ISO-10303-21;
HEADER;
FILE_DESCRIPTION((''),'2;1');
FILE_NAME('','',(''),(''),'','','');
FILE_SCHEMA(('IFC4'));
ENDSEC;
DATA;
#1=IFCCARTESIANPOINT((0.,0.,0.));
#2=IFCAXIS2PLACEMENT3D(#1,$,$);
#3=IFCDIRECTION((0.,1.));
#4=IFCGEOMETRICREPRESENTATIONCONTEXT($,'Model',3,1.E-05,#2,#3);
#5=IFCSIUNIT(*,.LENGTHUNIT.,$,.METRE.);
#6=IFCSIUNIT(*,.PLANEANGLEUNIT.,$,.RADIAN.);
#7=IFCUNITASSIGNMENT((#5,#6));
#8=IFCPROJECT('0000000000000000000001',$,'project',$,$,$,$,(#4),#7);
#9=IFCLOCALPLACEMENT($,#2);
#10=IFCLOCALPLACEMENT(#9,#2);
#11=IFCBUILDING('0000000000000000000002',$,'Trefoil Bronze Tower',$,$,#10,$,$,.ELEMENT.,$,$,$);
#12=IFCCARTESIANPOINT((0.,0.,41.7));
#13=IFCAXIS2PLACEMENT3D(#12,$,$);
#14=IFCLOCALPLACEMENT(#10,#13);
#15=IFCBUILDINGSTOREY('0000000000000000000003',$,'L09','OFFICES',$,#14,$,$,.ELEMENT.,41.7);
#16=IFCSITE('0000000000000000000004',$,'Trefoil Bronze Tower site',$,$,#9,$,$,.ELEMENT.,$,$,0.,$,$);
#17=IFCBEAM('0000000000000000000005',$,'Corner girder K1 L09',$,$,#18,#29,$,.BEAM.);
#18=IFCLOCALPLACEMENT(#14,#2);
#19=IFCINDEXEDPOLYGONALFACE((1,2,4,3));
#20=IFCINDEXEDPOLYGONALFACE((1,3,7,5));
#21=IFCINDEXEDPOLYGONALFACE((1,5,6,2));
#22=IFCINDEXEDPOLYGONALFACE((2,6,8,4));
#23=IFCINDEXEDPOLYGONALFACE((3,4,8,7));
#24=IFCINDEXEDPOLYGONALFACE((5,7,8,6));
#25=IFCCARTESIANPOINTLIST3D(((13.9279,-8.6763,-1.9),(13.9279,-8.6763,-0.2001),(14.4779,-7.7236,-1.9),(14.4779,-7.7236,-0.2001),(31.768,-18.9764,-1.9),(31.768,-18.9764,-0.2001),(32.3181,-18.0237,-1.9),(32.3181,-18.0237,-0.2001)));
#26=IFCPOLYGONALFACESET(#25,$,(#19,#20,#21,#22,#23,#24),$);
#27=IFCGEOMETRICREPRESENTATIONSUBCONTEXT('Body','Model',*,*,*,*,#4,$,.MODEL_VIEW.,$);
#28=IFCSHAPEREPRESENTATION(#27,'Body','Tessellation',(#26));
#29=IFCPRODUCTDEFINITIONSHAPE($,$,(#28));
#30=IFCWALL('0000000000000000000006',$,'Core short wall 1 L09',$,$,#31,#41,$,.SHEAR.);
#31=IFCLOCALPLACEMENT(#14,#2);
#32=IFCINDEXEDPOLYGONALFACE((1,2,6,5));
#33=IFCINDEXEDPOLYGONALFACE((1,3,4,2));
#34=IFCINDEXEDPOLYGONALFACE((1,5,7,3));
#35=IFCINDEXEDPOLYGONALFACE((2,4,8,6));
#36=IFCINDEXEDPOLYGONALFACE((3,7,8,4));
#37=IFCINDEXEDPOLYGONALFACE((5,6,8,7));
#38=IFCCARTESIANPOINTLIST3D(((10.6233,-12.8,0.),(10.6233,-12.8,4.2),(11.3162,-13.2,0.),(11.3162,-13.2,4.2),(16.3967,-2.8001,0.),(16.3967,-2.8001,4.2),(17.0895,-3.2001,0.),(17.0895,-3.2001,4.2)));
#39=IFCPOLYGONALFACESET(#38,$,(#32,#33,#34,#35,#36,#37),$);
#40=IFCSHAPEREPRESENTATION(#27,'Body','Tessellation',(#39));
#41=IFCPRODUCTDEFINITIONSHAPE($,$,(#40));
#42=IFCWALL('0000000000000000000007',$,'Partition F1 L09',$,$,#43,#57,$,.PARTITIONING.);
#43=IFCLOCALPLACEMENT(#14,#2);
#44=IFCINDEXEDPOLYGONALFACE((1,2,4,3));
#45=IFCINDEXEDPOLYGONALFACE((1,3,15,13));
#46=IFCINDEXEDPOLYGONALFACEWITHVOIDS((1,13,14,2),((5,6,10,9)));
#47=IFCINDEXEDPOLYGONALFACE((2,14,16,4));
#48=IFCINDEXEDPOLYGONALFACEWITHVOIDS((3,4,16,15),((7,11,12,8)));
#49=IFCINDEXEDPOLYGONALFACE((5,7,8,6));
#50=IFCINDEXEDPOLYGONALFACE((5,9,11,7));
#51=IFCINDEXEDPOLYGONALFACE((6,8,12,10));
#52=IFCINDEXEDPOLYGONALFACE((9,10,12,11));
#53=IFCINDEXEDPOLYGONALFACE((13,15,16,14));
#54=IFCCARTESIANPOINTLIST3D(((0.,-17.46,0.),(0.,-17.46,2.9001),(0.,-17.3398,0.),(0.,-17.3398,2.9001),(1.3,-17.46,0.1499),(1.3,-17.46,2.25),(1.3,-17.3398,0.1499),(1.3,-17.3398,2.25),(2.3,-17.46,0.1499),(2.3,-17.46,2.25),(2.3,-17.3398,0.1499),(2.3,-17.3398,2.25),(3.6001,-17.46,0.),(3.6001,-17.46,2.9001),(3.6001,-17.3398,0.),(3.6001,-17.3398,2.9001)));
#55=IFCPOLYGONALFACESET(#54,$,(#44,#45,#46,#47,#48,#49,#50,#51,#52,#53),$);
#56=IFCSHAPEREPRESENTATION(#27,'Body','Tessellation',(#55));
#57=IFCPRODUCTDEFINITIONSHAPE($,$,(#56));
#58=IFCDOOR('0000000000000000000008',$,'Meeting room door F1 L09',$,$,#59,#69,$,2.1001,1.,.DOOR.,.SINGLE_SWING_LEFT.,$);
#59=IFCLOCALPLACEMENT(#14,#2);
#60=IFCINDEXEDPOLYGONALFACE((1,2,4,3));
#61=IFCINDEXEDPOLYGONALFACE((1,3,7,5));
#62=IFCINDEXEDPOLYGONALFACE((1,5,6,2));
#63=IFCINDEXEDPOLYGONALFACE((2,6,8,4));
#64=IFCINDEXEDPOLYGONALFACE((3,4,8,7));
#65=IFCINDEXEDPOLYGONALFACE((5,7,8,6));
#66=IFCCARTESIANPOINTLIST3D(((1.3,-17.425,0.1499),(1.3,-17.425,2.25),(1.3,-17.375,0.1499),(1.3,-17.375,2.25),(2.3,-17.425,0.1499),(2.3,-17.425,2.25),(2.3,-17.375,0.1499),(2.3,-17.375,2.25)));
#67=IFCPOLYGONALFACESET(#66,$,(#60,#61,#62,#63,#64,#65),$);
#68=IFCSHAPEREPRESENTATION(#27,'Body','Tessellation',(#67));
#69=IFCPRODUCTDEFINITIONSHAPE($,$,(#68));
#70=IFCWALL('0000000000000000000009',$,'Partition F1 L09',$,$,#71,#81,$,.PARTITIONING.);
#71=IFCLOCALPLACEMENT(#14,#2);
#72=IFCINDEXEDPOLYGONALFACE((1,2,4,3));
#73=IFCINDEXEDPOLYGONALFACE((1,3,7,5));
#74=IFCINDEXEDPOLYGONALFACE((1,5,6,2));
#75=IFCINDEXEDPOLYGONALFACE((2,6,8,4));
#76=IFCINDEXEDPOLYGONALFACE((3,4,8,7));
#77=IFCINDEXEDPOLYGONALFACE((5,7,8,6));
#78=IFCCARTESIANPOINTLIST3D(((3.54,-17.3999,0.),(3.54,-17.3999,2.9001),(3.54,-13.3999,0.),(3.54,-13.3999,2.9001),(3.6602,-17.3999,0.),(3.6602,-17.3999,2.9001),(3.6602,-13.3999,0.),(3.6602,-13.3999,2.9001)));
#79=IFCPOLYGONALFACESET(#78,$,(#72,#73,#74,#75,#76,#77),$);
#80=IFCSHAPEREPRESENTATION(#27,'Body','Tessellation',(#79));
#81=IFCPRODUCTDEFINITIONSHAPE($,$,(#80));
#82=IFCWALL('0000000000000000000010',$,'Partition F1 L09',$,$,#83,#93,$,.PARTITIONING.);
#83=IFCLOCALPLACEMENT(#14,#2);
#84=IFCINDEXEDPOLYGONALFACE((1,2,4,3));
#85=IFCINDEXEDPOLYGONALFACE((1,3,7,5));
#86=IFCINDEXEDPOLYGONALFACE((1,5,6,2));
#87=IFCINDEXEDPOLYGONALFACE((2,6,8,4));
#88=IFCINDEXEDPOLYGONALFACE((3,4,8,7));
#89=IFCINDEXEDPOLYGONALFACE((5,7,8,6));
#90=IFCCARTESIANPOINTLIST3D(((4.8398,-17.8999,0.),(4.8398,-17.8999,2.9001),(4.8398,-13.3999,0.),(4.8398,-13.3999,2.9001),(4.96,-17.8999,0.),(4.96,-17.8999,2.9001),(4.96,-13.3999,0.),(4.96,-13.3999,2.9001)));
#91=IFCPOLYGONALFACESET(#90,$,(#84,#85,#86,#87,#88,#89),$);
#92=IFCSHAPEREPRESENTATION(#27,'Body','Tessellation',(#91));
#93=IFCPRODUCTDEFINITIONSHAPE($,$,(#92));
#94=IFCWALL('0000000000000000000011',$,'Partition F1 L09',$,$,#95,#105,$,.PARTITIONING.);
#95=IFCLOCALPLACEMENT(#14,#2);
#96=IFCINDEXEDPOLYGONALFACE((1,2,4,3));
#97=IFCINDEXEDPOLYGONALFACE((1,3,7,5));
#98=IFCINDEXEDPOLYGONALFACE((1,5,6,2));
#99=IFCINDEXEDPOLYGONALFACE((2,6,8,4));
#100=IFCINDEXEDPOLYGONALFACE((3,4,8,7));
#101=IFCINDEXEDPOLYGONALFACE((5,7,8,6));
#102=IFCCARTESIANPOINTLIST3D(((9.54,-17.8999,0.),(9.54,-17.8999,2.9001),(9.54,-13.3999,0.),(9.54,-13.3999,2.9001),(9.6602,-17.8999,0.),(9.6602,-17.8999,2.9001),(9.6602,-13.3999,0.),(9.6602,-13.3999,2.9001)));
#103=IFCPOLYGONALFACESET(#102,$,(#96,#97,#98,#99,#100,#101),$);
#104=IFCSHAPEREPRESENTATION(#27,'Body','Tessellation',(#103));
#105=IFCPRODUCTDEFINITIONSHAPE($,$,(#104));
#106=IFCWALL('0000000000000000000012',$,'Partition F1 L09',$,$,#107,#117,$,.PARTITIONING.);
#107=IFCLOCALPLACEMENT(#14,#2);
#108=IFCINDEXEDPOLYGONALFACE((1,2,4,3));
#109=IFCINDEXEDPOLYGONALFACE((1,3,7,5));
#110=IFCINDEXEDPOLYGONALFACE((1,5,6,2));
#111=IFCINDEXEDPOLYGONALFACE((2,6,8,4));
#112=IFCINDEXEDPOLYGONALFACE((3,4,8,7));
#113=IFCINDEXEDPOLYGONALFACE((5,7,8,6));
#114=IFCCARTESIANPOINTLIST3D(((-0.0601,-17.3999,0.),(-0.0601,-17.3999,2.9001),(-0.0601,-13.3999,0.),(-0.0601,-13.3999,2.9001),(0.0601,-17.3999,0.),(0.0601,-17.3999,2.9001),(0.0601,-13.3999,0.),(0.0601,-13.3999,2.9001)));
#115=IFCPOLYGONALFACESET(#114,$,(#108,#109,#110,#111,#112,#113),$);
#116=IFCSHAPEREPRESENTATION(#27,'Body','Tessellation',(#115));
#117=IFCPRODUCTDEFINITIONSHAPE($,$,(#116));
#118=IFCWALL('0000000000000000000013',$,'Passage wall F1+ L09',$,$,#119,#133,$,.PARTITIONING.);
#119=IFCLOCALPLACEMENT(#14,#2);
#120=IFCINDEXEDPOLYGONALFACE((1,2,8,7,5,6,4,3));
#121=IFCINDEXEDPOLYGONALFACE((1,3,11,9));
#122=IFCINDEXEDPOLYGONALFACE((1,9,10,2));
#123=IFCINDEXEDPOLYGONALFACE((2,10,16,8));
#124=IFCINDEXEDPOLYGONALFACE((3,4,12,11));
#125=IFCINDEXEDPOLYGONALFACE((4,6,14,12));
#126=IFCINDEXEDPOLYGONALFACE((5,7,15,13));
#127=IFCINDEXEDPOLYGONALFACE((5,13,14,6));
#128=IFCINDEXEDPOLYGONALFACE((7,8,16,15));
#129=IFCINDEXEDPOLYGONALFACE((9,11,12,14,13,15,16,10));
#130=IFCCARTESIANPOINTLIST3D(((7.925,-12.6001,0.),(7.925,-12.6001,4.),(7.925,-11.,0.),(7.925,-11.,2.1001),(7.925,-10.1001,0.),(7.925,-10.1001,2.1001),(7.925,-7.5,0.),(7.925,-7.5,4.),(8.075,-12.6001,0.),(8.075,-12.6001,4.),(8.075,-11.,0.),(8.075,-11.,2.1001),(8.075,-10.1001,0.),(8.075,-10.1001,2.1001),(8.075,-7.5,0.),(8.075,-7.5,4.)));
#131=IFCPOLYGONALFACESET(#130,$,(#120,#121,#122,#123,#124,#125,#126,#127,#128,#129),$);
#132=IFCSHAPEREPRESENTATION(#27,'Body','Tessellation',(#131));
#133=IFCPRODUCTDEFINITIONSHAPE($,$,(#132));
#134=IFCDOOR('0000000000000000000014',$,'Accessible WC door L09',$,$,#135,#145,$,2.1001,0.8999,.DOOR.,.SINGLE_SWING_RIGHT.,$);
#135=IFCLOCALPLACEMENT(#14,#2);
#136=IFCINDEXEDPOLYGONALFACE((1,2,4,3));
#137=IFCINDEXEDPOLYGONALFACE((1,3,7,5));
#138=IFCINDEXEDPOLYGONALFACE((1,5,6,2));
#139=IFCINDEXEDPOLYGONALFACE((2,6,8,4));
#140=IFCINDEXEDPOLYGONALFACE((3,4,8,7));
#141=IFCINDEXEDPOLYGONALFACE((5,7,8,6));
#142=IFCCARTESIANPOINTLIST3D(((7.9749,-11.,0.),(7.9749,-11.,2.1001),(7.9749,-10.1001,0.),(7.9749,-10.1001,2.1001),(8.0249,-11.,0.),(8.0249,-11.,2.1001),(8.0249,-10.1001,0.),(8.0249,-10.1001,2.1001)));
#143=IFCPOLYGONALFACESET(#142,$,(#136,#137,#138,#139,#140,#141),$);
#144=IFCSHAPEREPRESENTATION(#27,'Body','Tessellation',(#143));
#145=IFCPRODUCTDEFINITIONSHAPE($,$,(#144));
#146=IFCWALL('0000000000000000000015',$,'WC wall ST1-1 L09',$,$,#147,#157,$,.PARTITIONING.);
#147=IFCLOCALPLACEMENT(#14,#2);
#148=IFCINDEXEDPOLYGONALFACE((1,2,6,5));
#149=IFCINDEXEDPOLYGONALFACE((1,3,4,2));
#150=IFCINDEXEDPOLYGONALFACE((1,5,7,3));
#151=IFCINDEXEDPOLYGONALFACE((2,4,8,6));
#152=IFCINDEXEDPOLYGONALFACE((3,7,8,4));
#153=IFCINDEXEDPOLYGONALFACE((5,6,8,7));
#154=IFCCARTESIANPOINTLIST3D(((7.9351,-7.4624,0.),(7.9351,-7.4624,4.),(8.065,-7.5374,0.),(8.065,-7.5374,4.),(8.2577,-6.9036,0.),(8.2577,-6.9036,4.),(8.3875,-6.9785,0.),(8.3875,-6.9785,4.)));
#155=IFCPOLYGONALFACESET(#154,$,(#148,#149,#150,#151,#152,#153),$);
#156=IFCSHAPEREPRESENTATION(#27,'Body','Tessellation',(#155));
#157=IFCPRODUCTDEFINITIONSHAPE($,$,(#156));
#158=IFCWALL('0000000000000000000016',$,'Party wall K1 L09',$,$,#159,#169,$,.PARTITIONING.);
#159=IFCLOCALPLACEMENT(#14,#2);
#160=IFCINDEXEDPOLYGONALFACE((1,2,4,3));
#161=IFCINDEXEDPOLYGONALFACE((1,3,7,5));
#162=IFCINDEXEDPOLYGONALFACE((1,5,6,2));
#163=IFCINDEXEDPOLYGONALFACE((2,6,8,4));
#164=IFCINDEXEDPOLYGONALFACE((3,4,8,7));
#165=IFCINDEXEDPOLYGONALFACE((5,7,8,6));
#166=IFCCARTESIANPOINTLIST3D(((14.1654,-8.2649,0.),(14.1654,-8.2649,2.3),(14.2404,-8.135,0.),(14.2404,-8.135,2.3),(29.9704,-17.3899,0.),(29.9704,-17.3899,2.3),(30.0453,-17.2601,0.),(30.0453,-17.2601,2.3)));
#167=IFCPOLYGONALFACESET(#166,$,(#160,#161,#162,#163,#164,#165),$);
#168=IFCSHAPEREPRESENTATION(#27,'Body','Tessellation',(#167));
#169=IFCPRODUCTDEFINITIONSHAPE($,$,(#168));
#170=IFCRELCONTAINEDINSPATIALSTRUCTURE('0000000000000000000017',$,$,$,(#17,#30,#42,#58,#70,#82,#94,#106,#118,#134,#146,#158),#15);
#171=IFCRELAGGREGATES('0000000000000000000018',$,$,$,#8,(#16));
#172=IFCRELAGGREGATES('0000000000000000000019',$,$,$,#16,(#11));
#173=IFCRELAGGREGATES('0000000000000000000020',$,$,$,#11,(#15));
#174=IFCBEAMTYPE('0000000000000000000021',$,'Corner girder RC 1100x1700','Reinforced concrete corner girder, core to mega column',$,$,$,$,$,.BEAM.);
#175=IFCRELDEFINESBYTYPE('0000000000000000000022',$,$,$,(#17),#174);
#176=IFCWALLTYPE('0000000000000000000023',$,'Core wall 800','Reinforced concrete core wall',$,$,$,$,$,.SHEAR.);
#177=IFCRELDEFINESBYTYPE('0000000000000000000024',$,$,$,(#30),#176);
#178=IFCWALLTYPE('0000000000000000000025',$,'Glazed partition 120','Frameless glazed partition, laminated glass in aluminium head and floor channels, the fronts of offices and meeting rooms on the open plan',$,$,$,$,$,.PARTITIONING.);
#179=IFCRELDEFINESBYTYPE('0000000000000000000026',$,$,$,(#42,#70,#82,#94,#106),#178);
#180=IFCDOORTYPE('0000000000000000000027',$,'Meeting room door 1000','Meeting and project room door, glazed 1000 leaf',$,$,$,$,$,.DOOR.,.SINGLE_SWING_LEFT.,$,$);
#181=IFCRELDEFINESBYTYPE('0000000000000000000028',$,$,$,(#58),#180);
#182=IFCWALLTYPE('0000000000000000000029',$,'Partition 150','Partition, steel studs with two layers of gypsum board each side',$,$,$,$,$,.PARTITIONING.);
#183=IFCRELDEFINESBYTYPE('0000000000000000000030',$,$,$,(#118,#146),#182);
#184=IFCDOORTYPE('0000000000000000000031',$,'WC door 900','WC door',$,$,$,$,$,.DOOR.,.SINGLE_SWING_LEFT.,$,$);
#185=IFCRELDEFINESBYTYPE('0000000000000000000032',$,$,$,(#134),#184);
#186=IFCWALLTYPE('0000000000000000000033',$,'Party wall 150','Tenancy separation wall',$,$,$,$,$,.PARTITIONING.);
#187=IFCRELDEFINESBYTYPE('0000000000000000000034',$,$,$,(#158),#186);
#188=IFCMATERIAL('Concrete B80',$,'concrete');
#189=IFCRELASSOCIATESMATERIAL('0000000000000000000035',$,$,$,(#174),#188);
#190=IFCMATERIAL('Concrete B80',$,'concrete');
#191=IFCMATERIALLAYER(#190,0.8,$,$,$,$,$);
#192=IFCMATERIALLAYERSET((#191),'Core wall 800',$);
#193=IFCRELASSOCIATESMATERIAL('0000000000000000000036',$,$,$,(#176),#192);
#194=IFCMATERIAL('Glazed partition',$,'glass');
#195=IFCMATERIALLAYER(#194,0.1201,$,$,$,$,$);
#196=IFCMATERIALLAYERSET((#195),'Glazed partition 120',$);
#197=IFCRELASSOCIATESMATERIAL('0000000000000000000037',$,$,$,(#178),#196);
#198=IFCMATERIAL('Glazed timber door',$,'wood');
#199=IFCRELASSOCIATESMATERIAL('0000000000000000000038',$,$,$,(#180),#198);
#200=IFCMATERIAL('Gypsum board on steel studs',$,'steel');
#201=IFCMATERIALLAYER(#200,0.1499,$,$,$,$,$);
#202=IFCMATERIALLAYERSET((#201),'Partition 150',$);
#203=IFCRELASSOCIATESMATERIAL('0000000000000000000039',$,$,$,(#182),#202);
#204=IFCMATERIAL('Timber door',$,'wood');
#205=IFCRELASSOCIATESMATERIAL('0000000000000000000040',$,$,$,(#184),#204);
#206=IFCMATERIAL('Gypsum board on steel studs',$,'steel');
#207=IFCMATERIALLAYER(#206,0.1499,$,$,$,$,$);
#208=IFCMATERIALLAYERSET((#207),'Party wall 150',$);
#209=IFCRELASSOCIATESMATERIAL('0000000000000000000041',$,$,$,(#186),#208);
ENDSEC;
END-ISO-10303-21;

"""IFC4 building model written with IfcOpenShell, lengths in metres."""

from ifc_helpers import new_model, si_unit, direction, frame, frame_2d, origin, origin_2d, place, context, subcontext, project, spatial, rectangle, extrude, material, layer, layer_set, material_profile, profile_set, type_object, element, fill, save


model = new_model("IFC4")

# Units and contexts
model_context = context("Model", 3, precision=1e-05, world=origin(), true_north=direction((0.0, 1.0)))
body_context = subcontext(model_context, "Body", "Model", "MODEL_VIEW")
ifc_project = project(units=[si_unit("LENGTHUNIT", "METRE"), si_unit("PLANEANGLEUNIT", "RADIAN")], contexts=[model_context])

# Site, building, storey
site_placement = place(None, origin())
site = spatial("IfcSite", under=ifc_project, at=site_placement, Name="Trefoil Bronze Tower site", CompositionType="ELEMENT", RefElevation=0.0)
building_placement = place(site_placement, origin())
building = spatial("IfcBuilding", under=site, at=building_placement, Name="Trefoil Bronze Tower", CompositionType="ELEMENT")
storey_placement = place(building_placement, frame((0.0, 0.0, 41.7)))
storey = spatial("IfcBuildingStorey", under=building, at=storey_placement, Name="L09", Description="OFFICES", CompositionType="ELEMENT", Elevation=41.7)

# Beam
ifc_material_1 = material(Name="Concrete B80", Category="concrete")
ifc_material_profile_1 = material_profile(ifc_material_1, rectangle(XDim=1.1001, YDim=1.7, at=origin_2d()), Name="RC 1100x1700")
ifc_profile_set_1 = profile_set([ifc_material_profile_1], Name="Concrete B80")
beam_type_1 = type_object("IfcBeamType", Name="Corner girder RC 1100x1700", Description="Reinforced concrete corner girder, core to mega column", PredefinedType="BEAM", material=ifc_profile_set_1)
beam_placement = place(storey_placement, frame((14.2029, -8.2, -1.05), z_axis=(0.866024, -0.500003, 0.0), x_axis=(0.500003, 0.866024, 0.0)))
element("IfcBeam", 1, at=beam_placement, inside=storey, type_object=beam_type_1, Name="Corner girder K1 L09", PredefinedType="BEAM", context=body_context, shape_type="SweptSolid", body=[
    extrude(rectangle(XDim=1.1001, YDim=1.7, at=origin_2d()), origin(), (0.0, 0.0, 1.0), 20.6001),
])

# Wall
ifc_material_2 = material(Name="Concrete B80", Category="concrete")
ifc_layer_1 = layer(ifc_material_2, 0.8)
ifc_layer_set_1 = layer_set([ifc_layer_1], Name="Core wall 800")
wall_type_1 = type_object("IfcWallType", Name="Core wall 800", Description="Reinforced concrete core wall", PredefinedType="SHEAR", material=ifc_layer_set_1)
wall_1_placement = place(storey_placement, frame((10.9697, -13.0, 0.0), z_axis=(0.0, 0.0, 1.0), x_axis=(0.499996, 0.866028, 0.0)))
element("IfcWall", 2, at=wall_1_placement, inside=storey, type_object=wall_type_1, Name="Core short wall 1 L09", PredefinedType="SHEAR", context=body_context, shape_type="SweptSolid", body=[
    extrude(rectangle(XDim=11.5469, YDim=0.8, at=frame_2d((5.7734, 0.0))), origin(), (0.0, 0.0, 1.0), 4.2),
])

# Wall, opening, door
ifc_material_3 = material(Name="Glazed partition", Category="glass")
ifc_layer_2 = layer(ifc_material_3, 0.1201)
ifc_layer_set_2 = layer_set([ifc_layer_2], Name="Glazed partition 120")
wall_type_2 = type_object("IfcWallType", Name="Glazed partition 120", Description="Frameless glazed partition, laminated glass in aluminium head and floor channels, the fronts of offices and meeting rooms on the open plan", PredefinedType="PARTITIONING", material=ifc_layer_set_2)
wall_2_placement = place(storey_placement, frame((0.0, -17.3999, 0.0), z_axis=(0.0, 0.0, 1.0), x_axis=(1.0, 0.0, 0.0)))
wall_2 = element("IfcWall", 3, at=wall_2_placement, inside=storey, type_object=wall_type_2, Name="Partition F1 L09", PredefinedType="PARTITIONING", context=body_context, shape_type="SweptSolid", body=[
    extrude(rectangle(XDim=3.6001, YDim=0.1201, at=frame_2d((1.8, 0.0))), origin(), (0.0, 0.0, 1.0), 2.9001),
])
opening_1_placement = place(wall_2_placement, frame((1.3, 0.0, 0.1499)))
opening_1 = element("IfcOpeningElement", 4, at=opening_1_placement, cuts=wall_2, PredefinedType="OPENING", context=body_context, shape_type="SweptSolid", body=[
    extrude(rectangle(XDim=1.0, YDim=2.1001, at=frame_2d((0.5, 1.05))), frame((0.0, 0.0701, 0.0), z_axis=(0.0, -1.0, 0.0), x_axis=(1.0, 0.0, 0.0)), (0.0, 0.0, 1.0), 0.1401),
])
ifc_material_4 = material(Name="Glazed timber door", Category="wood")
door_type_1 = type_object("IfcDoorType", Name="Meeting room door 1000", Description="Meeting and project room door, glazed 1000 leaf", OperationType="SINGLE_SWING_LEFT", PredefinedType="DOOR", material=ifc_material_4)
door_1_placement = place(opening_1_placement, origin())
door_1 = element("IfcDoor", 5, at=door_1_placement, inside=storey, type_object=door_type_1, Name="Meeting room door F1 L09", OperationType="SINGLE_SWING_LEFT", OverallHeight=2.1001, OverallWidth=1.0, PredefinedType="DOOR", context=body_context, shape_type="SweptSolid", body=[
    extrude(rectangle(XDim=1.0, YDim=2.1001, at=frame_2d((0.5, 1.05))), frame((0.0, 0.0249, 0.0), z_axis=(0.0, -1.0, 0.0), x_axis=(1.0, 0.0, 0.0)), (0.0, 0.0, 1.0), 0.05),
])
fill(opening_1, door_1)

# Walls
wall_3_placement = place(storey_placement, frame((3.6001, -13.3999, 0.0), z_axis=(0.0, 0.0, 1.0), x_axis=(0.0, -1.0, 0.0)))
element("IfcWall", 6, at=wall_3_placement, inside=storey, type_object=wall_type_2, Name="Partition F1 L09", PredefinedType="PARTITIONING", context=body_context, shape_type="SweptSolid", body=[
    extrude(rectangle(XDim=4.0, YDim=0.1201, at=frame_2d((2.0, 0.0))), origin(), (0.0, 0.0, 1.0), 2.9001),
])
for number, where, z_axis, x_axis, name in (
    (7, (4.8999, -13.3999, 0.0), (0.0, 0.0, 1.0), (0.0, -1.0, 0.0), "Partition F1 L09"),
    (8, (9.6001, -13.3999, 0.0), (0.0, 0.0, 1.0), (0.0, -1.0, 0.0), "Partition F1 L09"),
):
    element("IfcWall", number, at=place(storey_placement, frame(where, z_axis=z_axis, x_axis=x_axis)), inside=storey, type_object=wall_type_2, Name=name, PredefinedType="PARTITIONING", context=body_context, shape_type="SweptSolid", body=[
        extrude(rectangle(XDim=4.5, YDim=0.1201, at=frame_2d((2.25, 0.0))), origin(), (0.0, 0.0, 1.0), 2.9001),
    ])
wall_4_placement = place(storey_placement, frame((0.0, -13.3999, 0.0), z_axis=(0.0, 0.0, 1.0), x_axis=(0.0, -1.0, 0.0)))
element("IfcWall", 9, at=wall_4_placement, inside=storey, type_object=wall_type_2, Name="Partition F1 L09", PredefinedType="PARTITIONING", context=body_context, shape_type="SweptSolid", body=[
    extrude(rectangle(XDim=4.0, YDim=0.1201, at=frame_2d((2.0, 0.0))), origin(), (0.0, 0.0, 1.0), 2.9001),
])

# Wall, opening, door
ifc_material_5 = material(Name="Gypsum board on steel studs", Category="steel")
ifc_layer_3 = layer(ifc_material_5, 0.1499)
ifc_layer_set_3 = layer_set([ifc_layer_3], Name="Partition 150")
wall_type_3 = type_object("IfcWallType", Name="Partition 150", Description="Partition, steel studs with two layers of gypsum board each side", PredefinedType="PARTITIONING", material=ifc_layer_set_3)
wall_5_placement = place(storey_placement, frame((8.0, -7.5, 0.0), z_axis=(0.0, 0.0, 1.0), x_axis=(0.0, -1.0, 0.0)))
wall_5 = element("IfcWall", 10, at=wall_5_placement, inside=storey, type_object=wall_type_3, Name="Passage wall F1+ L09", PredefinedType="PARTITIONING", context=body_context, shape_type="SweptSolid", body=[
    extrude(rectangle(XDim=5.1001, YDim=0.1499, at=frame_2d((2.55, 0.0))), origin(), (0.0, 0.0, 1.0), 4.0),
])
opening_2_placement = place(wall_5_placement, frame((2.6001, 0.0, 0.0)))
opening_2 = element("IfcOpeningElement", 11, at=opening_2_placement, cuts=wall_5, PredefinedType="OPENING", context=body_context, shape_type="SweptSolid", body=[
    extrude(rectangle(XDim=0.8999, YDim=2.1001, at=frame_2d((0.45, 1.05))), frame((0.0, 0.085, 0.0), z_axis=(0.0, -1.0, 0.0), x_axis=(1.0, 0.0, 0.0)), (0.0, 0.0, 1.0), 0.1699),
])
ifc_material_6 = material(Name="Timber door", Category="wood")
door_type_2 = type_object("IfcDoorType", Name="WC door 900", Description="WC door", OperationType="SINGLE_SWING_LEFT", PredefinedType="DOOR", material=ifc_material_6)
door_2_placement = place(opening_2_placement, origin())
door_2 = element("IfcDoor", 12, at=door_2_placement, inside=storey, type_object=door_type_2, Name="Accessible WC door L09", OperationType="SINGLE_SWING_RIGHT", OverallHeight=2.1001, OverallWidth=0.8999, PredefinedType="DOOR", context=body_context, shape_type="SweptSolid", body=[
    extrude(rectangle(XDim=0.8999, YDim=2.1001, at=frame_2d((0.45, 1.05))), frame((0.0, 0.0249, 0.0), z_axis=(0.0, -1.0, 0.0), x_axis=(1.0, 0.0, 0.0)), (0.0, 0.0, 1.0), 0.05),
])
fill(opening_2, door_2)

# Walls
wall_6_placement = place(storey_placement, frame((8.0, -7.5, 0.0), z_axis=(0.0, 0.0, 1.0), x_axis=(0.499843, 0.866116, 0.0)))
element("IfcWall", 13, at=wall_6_placement, inside=storey, type_object=wall_type_3, Name="WC wall ST1-1 L09", PredefinedType="PARTITIONING", context=body_context, shape_type="SweptSolid", body=[
    extrude(rectangle(XDim=0.6453, YDim=0.1499, at=frame_2d((0.3228, 0.0))), origin(), (0.0, 0.0, 1.0), 4.0),
])
ifc_material_7 = material(Name="Gypsum board on steel studs", Category="steel")
ifc_layer_4 = layer(ifc_material_7, 0.1499)
ifc_layer_set_4 = layer_set([ifc_layer_4], Name="Party wall 150")
wall_type_4 = type_object("IfcWallType", Name="Party wall 150", Description="Tenancy separation wall", PredefinedType="PARTITIONING", material=ifc_layer_set_4)
wall_7_placement = place(storey_placement, frame((14.2029, -8.2, 0.0), z_axis=(0.0, 0.0, 1.0), x_axis=(0.866025, -0.500001, 0.0)))
element("IfcWall", 14, at=wall_7_placement, inside=storey, type_object=wall_type_4, Name="Party wall K1 L09", PredefinedType="PARTITIONING", context=body_context, shape_type="SweptSolid", body=[
    extrude(rectangle(XDim=18.25, YDim=0.1499, at=frame_2d((9.125, 0.0))), origin(), (0.0, 0.0, 1.0), 2.3),
])

save(model, "model.ifc")
